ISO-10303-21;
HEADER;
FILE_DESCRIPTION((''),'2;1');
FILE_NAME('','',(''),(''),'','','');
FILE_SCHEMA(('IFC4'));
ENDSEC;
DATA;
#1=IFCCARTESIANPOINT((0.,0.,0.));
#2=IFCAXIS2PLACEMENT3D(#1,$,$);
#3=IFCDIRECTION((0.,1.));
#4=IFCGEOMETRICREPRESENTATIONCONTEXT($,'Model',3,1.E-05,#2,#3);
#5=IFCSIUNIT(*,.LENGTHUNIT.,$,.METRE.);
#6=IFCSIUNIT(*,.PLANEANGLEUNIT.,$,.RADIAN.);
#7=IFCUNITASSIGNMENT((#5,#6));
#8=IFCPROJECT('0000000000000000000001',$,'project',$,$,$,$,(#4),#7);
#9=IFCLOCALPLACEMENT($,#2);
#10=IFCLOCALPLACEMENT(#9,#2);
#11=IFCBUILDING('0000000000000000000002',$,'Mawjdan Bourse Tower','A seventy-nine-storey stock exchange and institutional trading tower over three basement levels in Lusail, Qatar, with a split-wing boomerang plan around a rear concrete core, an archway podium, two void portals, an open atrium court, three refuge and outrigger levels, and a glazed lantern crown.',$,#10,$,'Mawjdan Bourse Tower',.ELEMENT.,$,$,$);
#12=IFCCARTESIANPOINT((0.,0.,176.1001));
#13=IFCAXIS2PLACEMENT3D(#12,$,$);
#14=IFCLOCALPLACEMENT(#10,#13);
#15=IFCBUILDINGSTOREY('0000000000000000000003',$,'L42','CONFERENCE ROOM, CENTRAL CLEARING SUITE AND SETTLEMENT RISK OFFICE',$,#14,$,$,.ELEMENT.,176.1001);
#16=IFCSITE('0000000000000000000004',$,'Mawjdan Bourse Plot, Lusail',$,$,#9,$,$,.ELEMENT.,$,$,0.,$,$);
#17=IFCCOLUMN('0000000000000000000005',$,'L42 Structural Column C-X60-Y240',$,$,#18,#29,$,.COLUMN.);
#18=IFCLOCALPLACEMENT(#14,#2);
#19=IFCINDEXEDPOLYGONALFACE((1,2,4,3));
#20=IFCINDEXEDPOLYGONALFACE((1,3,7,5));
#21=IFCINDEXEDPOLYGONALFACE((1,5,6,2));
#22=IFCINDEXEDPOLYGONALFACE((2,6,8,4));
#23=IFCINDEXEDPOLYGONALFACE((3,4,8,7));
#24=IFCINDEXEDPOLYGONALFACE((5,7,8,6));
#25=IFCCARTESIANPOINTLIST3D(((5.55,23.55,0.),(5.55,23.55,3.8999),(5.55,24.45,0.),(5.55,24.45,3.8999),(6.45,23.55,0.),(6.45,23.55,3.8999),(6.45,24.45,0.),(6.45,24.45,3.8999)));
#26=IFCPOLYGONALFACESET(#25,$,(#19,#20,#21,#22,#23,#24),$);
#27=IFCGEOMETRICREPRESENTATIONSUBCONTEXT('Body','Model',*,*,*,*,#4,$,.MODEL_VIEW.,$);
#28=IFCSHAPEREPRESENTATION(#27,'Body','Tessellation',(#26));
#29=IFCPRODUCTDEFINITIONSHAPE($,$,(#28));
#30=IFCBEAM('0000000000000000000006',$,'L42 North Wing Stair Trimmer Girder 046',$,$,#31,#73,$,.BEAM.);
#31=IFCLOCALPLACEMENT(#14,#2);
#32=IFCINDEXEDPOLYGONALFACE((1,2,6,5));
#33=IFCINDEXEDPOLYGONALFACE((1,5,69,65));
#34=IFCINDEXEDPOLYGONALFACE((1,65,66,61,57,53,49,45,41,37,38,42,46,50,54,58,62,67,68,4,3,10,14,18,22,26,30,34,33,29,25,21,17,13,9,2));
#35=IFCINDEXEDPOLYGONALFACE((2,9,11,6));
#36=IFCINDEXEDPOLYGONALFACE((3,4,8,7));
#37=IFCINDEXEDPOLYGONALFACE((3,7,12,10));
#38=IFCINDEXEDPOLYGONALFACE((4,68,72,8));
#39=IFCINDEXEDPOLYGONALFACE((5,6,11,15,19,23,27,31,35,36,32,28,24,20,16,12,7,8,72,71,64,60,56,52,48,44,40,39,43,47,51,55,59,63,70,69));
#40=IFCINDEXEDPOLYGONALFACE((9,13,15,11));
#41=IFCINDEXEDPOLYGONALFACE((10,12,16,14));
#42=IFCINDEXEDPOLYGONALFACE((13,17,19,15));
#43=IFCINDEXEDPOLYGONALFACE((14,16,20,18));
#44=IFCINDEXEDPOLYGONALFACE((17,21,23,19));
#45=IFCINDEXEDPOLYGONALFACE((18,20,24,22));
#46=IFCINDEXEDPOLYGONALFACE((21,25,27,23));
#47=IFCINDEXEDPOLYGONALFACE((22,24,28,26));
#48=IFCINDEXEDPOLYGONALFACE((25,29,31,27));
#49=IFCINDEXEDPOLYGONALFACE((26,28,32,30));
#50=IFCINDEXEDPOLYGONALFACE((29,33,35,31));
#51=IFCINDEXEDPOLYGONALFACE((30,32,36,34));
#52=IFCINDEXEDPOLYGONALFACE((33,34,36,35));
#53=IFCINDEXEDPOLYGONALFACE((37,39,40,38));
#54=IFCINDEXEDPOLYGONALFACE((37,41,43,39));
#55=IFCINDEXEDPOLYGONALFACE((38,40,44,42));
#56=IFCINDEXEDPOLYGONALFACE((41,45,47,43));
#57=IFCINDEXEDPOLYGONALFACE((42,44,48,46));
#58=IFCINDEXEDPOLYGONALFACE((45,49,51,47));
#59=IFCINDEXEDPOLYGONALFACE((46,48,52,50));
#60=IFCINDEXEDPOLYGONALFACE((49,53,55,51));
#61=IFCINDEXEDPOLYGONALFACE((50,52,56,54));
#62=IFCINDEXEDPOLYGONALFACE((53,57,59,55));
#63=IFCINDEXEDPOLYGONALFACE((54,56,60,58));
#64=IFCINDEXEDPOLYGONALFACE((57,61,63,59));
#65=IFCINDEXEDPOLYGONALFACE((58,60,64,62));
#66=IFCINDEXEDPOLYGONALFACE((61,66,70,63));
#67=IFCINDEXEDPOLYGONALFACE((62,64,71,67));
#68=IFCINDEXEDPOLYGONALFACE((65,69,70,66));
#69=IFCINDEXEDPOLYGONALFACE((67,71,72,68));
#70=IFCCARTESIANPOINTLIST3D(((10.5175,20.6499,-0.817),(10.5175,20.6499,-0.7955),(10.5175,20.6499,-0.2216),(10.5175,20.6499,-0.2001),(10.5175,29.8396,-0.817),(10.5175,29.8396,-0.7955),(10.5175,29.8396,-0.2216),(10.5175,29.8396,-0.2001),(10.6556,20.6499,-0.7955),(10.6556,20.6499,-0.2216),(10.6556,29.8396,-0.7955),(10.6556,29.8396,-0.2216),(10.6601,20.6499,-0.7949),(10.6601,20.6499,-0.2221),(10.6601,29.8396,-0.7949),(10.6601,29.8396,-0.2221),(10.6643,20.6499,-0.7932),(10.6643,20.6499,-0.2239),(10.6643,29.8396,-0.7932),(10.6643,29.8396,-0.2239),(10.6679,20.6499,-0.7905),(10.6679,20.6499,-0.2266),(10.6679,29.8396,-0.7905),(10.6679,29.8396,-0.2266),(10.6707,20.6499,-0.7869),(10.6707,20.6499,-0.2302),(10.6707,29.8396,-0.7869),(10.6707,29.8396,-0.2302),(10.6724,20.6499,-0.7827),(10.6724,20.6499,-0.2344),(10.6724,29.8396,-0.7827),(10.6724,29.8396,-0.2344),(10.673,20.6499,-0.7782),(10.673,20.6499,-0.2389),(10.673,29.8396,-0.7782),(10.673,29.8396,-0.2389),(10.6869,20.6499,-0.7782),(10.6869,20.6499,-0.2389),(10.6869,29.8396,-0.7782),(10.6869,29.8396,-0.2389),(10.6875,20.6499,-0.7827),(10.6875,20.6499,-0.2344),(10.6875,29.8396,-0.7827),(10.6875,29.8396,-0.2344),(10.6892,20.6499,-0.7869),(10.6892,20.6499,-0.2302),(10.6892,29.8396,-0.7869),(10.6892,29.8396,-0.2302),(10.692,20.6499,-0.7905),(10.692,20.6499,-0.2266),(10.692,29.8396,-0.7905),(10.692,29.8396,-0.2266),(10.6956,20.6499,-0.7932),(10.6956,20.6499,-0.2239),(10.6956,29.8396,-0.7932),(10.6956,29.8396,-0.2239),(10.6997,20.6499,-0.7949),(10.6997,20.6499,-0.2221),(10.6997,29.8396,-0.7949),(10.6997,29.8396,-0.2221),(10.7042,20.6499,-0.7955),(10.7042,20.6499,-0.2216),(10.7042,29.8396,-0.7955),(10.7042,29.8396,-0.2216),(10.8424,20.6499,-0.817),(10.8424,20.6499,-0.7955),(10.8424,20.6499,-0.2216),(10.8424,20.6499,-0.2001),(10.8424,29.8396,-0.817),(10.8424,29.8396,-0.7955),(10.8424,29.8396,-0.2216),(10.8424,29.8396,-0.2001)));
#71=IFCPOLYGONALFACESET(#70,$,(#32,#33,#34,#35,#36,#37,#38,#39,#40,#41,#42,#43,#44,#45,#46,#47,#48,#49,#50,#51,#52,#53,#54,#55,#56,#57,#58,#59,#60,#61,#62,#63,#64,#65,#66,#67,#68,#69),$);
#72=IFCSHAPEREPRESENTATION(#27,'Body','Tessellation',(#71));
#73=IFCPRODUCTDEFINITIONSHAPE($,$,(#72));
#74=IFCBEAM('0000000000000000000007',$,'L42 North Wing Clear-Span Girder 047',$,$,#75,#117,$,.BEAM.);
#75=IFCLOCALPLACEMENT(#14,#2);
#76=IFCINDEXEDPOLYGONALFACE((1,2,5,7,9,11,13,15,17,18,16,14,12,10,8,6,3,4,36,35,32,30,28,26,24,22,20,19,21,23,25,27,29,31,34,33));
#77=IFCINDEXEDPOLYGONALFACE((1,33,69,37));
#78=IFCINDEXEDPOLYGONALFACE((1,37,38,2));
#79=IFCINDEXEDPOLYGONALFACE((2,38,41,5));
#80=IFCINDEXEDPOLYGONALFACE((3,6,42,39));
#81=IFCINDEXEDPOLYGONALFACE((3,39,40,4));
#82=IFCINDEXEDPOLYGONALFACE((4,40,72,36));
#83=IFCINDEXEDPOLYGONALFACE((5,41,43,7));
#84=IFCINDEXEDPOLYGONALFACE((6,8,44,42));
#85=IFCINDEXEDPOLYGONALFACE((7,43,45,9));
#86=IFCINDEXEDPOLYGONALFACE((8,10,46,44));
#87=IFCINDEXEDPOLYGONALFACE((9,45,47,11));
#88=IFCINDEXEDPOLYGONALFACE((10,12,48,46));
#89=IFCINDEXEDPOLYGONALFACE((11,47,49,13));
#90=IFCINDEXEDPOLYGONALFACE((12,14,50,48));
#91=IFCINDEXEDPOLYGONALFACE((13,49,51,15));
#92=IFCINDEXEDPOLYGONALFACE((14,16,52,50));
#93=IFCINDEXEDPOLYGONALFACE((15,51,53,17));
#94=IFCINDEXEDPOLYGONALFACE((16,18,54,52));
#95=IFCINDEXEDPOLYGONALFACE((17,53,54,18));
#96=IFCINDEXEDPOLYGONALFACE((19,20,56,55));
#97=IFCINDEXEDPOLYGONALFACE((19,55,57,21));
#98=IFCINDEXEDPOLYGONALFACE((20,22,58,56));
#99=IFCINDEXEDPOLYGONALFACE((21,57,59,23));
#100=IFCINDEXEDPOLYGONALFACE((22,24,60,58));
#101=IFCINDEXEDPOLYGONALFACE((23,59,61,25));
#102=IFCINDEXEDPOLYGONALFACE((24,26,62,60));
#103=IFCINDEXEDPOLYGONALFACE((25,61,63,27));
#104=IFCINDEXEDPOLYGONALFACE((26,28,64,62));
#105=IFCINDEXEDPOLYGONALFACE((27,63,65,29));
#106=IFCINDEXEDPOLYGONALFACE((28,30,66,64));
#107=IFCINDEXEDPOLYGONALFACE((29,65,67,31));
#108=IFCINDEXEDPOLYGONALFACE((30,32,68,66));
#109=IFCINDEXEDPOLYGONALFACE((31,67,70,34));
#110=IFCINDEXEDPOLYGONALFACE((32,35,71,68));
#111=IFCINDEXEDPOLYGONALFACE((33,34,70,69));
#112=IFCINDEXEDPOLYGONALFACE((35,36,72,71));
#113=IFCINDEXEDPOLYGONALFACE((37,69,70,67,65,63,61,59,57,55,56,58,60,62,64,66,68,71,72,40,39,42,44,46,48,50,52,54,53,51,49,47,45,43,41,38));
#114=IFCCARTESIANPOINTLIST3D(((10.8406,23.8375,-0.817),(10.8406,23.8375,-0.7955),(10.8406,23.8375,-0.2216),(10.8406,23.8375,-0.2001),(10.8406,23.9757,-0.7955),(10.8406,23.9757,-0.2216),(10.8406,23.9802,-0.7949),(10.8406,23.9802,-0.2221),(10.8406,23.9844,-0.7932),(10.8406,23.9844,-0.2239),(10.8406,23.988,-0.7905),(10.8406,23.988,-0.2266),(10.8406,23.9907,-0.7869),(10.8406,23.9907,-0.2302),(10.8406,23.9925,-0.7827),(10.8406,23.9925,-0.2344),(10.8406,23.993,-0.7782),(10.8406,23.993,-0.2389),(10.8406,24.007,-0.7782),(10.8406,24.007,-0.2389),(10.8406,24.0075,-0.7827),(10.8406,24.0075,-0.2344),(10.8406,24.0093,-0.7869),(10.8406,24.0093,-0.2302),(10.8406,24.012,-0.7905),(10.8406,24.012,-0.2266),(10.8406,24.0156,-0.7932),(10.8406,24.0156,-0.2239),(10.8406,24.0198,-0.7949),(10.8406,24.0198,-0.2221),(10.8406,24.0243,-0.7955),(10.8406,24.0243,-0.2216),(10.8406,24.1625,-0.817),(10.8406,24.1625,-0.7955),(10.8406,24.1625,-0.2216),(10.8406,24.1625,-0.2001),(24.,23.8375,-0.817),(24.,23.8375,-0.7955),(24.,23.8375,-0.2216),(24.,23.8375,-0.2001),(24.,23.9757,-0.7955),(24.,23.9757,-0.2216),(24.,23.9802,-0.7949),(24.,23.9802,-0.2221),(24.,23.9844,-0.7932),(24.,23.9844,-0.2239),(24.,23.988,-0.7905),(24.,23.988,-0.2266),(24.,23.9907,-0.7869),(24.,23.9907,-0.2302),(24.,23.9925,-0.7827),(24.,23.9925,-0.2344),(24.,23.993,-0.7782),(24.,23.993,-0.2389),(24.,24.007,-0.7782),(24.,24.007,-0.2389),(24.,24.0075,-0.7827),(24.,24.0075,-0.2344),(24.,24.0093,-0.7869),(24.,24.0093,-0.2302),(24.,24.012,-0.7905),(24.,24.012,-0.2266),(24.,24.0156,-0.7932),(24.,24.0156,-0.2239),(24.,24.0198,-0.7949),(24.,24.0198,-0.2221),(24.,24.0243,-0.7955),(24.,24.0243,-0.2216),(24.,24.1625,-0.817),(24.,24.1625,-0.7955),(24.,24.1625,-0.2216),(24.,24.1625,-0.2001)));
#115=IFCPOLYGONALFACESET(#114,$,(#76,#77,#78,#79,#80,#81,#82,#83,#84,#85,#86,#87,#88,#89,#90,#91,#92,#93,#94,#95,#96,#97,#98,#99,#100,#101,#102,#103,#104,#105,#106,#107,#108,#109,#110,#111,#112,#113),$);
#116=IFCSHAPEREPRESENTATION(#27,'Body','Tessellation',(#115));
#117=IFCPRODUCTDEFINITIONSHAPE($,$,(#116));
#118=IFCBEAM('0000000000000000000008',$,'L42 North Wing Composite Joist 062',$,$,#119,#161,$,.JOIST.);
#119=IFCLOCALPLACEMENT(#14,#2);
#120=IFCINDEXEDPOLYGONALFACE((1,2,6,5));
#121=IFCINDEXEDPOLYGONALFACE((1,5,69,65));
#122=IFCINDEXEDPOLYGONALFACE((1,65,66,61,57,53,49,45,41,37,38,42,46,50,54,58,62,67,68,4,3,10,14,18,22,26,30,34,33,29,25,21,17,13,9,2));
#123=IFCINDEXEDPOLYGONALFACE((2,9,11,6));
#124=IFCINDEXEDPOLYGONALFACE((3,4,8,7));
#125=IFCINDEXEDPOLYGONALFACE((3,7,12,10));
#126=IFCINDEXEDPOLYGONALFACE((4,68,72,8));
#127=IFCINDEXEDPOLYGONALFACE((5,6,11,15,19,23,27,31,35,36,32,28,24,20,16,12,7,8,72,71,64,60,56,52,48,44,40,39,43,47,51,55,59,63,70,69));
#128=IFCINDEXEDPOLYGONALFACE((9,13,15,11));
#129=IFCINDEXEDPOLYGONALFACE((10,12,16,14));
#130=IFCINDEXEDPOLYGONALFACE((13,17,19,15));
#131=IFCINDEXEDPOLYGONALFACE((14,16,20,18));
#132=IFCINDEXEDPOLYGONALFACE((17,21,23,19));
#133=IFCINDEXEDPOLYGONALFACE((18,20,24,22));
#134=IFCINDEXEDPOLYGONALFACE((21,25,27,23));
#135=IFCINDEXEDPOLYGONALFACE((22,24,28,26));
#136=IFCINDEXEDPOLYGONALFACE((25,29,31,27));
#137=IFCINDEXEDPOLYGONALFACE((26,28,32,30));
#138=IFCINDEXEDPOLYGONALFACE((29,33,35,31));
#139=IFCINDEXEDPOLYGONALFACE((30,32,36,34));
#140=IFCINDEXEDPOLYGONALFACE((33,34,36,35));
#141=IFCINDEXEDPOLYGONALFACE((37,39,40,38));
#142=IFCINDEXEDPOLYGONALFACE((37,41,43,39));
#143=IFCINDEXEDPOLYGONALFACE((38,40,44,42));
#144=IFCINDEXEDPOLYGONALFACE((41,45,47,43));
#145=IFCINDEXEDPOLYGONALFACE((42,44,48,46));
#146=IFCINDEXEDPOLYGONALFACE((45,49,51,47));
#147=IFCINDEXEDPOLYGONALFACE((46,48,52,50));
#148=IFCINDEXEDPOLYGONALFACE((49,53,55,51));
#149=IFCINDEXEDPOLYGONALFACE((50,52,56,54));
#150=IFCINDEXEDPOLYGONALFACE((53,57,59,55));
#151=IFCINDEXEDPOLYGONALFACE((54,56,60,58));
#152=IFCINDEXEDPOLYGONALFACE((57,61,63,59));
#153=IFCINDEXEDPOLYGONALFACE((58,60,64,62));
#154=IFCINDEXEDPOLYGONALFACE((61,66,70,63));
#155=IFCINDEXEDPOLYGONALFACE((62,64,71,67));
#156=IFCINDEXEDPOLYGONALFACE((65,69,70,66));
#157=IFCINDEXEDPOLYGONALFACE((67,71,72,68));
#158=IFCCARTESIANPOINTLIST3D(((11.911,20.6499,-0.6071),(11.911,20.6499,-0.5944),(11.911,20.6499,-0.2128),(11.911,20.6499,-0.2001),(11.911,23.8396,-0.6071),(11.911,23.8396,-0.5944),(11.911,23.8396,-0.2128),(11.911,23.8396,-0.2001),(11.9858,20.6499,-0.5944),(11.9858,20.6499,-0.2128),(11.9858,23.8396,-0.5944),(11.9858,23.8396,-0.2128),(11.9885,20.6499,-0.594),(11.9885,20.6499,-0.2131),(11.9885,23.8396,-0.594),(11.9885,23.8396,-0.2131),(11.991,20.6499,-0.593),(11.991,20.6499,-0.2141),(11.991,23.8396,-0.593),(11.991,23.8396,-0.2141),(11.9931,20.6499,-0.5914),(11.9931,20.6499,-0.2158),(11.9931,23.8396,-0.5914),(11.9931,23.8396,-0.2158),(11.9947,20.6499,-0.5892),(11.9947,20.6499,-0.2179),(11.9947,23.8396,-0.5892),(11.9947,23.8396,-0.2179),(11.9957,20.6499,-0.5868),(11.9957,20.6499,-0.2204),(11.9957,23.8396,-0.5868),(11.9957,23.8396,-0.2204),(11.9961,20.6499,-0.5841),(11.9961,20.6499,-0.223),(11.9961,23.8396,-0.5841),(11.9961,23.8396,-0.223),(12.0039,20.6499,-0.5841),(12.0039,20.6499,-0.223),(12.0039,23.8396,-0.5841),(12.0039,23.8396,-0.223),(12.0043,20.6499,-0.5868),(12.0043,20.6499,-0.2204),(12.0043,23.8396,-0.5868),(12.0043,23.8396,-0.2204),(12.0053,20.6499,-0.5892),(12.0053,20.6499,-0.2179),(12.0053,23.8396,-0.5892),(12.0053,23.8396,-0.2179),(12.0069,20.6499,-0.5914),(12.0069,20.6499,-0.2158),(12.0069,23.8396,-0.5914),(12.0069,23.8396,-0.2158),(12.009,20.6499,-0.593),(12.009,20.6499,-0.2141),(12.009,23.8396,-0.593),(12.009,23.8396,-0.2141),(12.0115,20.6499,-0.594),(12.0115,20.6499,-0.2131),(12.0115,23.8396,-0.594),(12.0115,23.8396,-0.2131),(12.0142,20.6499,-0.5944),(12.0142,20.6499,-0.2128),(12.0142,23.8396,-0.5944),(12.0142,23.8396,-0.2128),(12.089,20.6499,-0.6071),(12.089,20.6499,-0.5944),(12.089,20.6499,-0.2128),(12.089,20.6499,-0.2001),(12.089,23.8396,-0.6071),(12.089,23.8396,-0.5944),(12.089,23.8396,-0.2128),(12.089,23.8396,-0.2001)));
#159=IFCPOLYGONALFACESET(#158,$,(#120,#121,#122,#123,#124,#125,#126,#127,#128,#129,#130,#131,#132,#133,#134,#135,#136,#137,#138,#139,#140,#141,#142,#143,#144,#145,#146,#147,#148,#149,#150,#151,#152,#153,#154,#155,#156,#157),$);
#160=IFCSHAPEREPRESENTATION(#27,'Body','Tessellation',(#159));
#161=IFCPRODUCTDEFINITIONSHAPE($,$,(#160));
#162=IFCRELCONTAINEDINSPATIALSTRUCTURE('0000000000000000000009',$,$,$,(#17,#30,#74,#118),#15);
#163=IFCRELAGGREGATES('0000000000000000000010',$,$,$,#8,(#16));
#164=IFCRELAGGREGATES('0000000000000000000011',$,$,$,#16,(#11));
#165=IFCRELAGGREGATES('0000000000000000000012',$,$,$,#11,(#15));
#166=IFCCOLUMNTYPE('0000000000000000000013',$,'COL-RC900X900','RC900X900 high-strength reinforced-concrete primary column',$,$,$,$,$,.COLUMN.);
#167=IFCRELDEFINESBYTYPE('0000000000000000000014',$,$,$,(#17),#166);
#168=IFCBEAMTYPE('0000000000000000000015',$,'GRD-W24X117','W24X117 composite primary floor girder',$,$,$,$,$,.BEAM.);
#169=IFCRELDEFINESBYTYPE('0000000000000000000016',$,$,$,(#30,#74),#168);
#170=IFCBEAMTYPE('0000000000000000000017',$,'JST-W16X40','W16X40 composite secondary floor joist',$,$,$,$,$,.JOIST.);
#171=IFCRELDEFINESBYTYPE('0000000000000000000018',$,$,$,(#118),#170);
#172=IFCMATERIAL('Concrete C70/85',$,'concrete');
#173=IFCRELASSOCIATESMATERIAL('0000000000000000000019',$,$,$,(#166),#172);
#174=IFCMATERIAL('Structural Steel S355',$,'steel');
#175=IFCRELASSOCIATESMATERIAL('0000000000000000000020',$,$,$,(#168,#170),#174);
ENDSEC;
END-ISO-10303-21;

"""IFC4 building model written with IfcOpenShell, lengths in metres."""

from ifc_helpers import new_model, si_unit, direction, frame, origin, origin_2d, place, context, subcontext, project, spatial, rectangle, i_section, extrude, material, material_profile, profile_set, type_object, element, save


model = new_model("IFC4")

# Units and contexts
model_context = context("Model", 3, precision=1e-05, world=origin(), true_north=direction((0.0, 1.0)))
body_context = subcontext(model_context, "Body", "Model", "MODEL_VIEW")
ifc_project = project(units=[si_unit("LENGTHUNIT", "METRE"), si_unit("PLANEANGLEUNIT", "RADIAN")], contexts=[model_context])

# Site, building, storey
site_placement = place(None, origin())
site = spatial("IfcSite", under=ifc_project, at=site_placement, Name="Mawjdan Bourse Plot, Lusail", CompositionType="ELEMENT", RefElevation=0.0)
building_placement = place(site_placement, origin())
building = spatial("IfcBuilding", under=site, at=building_placement, Name="Mawjdan Bourse Tower", Description="A seventy-nine-storey stock exchange and institutional trading tower over three basement levels in Lusail, Qatar, with a split-wing boomerang plan around a rear concrete core, an archway podium, two void portals, an open atrium court, three refuge and outrigger levels, and a glazed lantern crown.", LongName="Mawjdan Bourse Tower", CompositionType="ELEMENT")
storey_placement = place(building_placement, frame((0.0, 0.0, 176.1001)))
storey = spatial("IfcBuildingStorey", under=building, at=storey_placement, Name="L42", Description="CONFERENCE ROOM, CENTRAL CLEARING SUITE AND SETTLEMENT RISK OFFICE", CompositionType="ELEMENT", Elevation=176.1001)

# Column
ifc_material_1 = material(Name="Concrete C70/85", Category="concrete")
ifc_material_profile_1 = material_profile(ifc_material_1, rectangle(XDim=0.8999, YDim=0.8999, at=origin_2d()), Name="RC900X900")
ifc_profile_set_1 = profile_set([ifc_material_profile_1], Name="Concrete C70/85")
column_type = type_object("IfcColumnType", Name="COL-RC900X900", Description="RC900X900 high-strength reinforced-concrete primary column", PredefinedType="COLUMN", material=ifc_profile_set_1)
column_placement = place(storey_placement, frame((6.0, 24.0, 0.0), z_axis=(0.0, 0.0, 1.0), x_axis=(1.0, 0.0, 0.0)))
element("IfcColumn", 1, at=column_placement, inside=storey, type_object=column_type, Name="L42 Structural Column C-X60-Y240", PredefinedType="COLUMN", context=body_context, shape_type="SweptSolid", body=[
    extrude(rectangle(XDim=0.8999, YDim=0.8999, at=origin_2d()), origin(), (0.0, 0.0, 1.0), 3.8999),
])

# Beams
ifc_material_2 = material(Name="Structural Steel S355", Category="steel")
ifc_material_profile_2 = material_profile(ifc_material_2, i_section(OverallWidth=0.325, OverallDepth=0.6169, WebThickness=0.0139, FlangeThickness=0.0215, FilletRadius=0.0173, at=origin_2d()), Name="W24X117")
ifc_profile_set_2 = profile_set([ifc_material_profile_2], Name="Structural Steel S355")
beam_type_1 = type_object("IfcBeamType", Name="GRD-W24X117", Description="W24X117 composite primary floor girder", PredefinedType="BEAM", material=ifc_profile_set_2)
beam_1_placement = place(storey_placement, frame((10.6799, 20.6499, -0.5085), z_axis=(0.0, 1.0, 0.0), x_axis=(-1.0, 0.0, 0.0)))
element("IfcBeam", 2, at=beam_1_placement, inside=storey, type_object=beam_type_1, Name="L42 North Wing Stair Trimmer Girder 046", PredefinedType="BEAM", context=body_context, shape_type="SweptSolid", body=[
    extrude(i_section(OverallWidth=0.325, OverallDepth=0.6169, WebThickness=0.0139, FlangeThickness=0.0215, FilletRadius=0.0173, at=origin_2d()), origin(), (0.0, 0.0, 1.0), 9.1897),
])
beam_2_placement = place(storey_placement, frame((10.8406, 24.0, -0.5085), z_axis=(1.0, 0.0, 0.0), x_axis=(0.0, 1.0, 0.0)))
element("IfcBeam", 3, at=beam_2_placement, inside=storey, type_object=beam_type_1, Name="L42 North Wing Clear-Span Girder 047", PredefinedType="BEAM", context=body_context, shape_type="SweptSolid", body=[
    extrude(i_section(OverallWidth=0.325, OverallDepth=0.6169, WebThickness=0.0139, FlangeThickness=0.0215, FilletRadius=0.0173, at=origin_2d()), origin(), (0.0, 0.0, 1.0), 13.1594),
])
ifc_material_profile_3 = material_profile(ifc_material_2, i_section(OverallWidth=0.178, OverallDepth=0.407, WebThickness=0.0078, FlangeThickness=0.0127, FilletRadius=0.0103, at=origin_2d()), Name="W16X40")
ifc_profile_set_3 = profile_set([ifc_material_profile_3], Name="Structural Steel S355")
beam_type_2 = type_object("IfcBeamType", Name="JST-W16X40", Description="W16X40 composite secondary floor joist", PredefinedType="JOIST", material=ifc_profile_set_3)
beam_3_placement = place(storey_placement, frame((12.0, 20.6499, -0.4036), z_axis=(0.0, 1.0, 0.0), x_axis=(-1.0, 0.0, 0.0)))
element("IfcBeam", 4, at=beam_3_placement, inside=storey, type_object=beam_type_2, Name="L42 North Wing Composite Joist 062", PredefinedType="JOIST", context=body_context, shape_type="SweptSolid", body=[
    extrude(i_section(OverallWidth=0.178, OverallDepth=0.407, WebThickness=0.0078, FlangeThickness=0.0127, FilletRadius=0.0103, at=origin_2d()), origin(), (0.0, 0.0, 1.0), 3.1897),
])

save(model, "model.ifc")
